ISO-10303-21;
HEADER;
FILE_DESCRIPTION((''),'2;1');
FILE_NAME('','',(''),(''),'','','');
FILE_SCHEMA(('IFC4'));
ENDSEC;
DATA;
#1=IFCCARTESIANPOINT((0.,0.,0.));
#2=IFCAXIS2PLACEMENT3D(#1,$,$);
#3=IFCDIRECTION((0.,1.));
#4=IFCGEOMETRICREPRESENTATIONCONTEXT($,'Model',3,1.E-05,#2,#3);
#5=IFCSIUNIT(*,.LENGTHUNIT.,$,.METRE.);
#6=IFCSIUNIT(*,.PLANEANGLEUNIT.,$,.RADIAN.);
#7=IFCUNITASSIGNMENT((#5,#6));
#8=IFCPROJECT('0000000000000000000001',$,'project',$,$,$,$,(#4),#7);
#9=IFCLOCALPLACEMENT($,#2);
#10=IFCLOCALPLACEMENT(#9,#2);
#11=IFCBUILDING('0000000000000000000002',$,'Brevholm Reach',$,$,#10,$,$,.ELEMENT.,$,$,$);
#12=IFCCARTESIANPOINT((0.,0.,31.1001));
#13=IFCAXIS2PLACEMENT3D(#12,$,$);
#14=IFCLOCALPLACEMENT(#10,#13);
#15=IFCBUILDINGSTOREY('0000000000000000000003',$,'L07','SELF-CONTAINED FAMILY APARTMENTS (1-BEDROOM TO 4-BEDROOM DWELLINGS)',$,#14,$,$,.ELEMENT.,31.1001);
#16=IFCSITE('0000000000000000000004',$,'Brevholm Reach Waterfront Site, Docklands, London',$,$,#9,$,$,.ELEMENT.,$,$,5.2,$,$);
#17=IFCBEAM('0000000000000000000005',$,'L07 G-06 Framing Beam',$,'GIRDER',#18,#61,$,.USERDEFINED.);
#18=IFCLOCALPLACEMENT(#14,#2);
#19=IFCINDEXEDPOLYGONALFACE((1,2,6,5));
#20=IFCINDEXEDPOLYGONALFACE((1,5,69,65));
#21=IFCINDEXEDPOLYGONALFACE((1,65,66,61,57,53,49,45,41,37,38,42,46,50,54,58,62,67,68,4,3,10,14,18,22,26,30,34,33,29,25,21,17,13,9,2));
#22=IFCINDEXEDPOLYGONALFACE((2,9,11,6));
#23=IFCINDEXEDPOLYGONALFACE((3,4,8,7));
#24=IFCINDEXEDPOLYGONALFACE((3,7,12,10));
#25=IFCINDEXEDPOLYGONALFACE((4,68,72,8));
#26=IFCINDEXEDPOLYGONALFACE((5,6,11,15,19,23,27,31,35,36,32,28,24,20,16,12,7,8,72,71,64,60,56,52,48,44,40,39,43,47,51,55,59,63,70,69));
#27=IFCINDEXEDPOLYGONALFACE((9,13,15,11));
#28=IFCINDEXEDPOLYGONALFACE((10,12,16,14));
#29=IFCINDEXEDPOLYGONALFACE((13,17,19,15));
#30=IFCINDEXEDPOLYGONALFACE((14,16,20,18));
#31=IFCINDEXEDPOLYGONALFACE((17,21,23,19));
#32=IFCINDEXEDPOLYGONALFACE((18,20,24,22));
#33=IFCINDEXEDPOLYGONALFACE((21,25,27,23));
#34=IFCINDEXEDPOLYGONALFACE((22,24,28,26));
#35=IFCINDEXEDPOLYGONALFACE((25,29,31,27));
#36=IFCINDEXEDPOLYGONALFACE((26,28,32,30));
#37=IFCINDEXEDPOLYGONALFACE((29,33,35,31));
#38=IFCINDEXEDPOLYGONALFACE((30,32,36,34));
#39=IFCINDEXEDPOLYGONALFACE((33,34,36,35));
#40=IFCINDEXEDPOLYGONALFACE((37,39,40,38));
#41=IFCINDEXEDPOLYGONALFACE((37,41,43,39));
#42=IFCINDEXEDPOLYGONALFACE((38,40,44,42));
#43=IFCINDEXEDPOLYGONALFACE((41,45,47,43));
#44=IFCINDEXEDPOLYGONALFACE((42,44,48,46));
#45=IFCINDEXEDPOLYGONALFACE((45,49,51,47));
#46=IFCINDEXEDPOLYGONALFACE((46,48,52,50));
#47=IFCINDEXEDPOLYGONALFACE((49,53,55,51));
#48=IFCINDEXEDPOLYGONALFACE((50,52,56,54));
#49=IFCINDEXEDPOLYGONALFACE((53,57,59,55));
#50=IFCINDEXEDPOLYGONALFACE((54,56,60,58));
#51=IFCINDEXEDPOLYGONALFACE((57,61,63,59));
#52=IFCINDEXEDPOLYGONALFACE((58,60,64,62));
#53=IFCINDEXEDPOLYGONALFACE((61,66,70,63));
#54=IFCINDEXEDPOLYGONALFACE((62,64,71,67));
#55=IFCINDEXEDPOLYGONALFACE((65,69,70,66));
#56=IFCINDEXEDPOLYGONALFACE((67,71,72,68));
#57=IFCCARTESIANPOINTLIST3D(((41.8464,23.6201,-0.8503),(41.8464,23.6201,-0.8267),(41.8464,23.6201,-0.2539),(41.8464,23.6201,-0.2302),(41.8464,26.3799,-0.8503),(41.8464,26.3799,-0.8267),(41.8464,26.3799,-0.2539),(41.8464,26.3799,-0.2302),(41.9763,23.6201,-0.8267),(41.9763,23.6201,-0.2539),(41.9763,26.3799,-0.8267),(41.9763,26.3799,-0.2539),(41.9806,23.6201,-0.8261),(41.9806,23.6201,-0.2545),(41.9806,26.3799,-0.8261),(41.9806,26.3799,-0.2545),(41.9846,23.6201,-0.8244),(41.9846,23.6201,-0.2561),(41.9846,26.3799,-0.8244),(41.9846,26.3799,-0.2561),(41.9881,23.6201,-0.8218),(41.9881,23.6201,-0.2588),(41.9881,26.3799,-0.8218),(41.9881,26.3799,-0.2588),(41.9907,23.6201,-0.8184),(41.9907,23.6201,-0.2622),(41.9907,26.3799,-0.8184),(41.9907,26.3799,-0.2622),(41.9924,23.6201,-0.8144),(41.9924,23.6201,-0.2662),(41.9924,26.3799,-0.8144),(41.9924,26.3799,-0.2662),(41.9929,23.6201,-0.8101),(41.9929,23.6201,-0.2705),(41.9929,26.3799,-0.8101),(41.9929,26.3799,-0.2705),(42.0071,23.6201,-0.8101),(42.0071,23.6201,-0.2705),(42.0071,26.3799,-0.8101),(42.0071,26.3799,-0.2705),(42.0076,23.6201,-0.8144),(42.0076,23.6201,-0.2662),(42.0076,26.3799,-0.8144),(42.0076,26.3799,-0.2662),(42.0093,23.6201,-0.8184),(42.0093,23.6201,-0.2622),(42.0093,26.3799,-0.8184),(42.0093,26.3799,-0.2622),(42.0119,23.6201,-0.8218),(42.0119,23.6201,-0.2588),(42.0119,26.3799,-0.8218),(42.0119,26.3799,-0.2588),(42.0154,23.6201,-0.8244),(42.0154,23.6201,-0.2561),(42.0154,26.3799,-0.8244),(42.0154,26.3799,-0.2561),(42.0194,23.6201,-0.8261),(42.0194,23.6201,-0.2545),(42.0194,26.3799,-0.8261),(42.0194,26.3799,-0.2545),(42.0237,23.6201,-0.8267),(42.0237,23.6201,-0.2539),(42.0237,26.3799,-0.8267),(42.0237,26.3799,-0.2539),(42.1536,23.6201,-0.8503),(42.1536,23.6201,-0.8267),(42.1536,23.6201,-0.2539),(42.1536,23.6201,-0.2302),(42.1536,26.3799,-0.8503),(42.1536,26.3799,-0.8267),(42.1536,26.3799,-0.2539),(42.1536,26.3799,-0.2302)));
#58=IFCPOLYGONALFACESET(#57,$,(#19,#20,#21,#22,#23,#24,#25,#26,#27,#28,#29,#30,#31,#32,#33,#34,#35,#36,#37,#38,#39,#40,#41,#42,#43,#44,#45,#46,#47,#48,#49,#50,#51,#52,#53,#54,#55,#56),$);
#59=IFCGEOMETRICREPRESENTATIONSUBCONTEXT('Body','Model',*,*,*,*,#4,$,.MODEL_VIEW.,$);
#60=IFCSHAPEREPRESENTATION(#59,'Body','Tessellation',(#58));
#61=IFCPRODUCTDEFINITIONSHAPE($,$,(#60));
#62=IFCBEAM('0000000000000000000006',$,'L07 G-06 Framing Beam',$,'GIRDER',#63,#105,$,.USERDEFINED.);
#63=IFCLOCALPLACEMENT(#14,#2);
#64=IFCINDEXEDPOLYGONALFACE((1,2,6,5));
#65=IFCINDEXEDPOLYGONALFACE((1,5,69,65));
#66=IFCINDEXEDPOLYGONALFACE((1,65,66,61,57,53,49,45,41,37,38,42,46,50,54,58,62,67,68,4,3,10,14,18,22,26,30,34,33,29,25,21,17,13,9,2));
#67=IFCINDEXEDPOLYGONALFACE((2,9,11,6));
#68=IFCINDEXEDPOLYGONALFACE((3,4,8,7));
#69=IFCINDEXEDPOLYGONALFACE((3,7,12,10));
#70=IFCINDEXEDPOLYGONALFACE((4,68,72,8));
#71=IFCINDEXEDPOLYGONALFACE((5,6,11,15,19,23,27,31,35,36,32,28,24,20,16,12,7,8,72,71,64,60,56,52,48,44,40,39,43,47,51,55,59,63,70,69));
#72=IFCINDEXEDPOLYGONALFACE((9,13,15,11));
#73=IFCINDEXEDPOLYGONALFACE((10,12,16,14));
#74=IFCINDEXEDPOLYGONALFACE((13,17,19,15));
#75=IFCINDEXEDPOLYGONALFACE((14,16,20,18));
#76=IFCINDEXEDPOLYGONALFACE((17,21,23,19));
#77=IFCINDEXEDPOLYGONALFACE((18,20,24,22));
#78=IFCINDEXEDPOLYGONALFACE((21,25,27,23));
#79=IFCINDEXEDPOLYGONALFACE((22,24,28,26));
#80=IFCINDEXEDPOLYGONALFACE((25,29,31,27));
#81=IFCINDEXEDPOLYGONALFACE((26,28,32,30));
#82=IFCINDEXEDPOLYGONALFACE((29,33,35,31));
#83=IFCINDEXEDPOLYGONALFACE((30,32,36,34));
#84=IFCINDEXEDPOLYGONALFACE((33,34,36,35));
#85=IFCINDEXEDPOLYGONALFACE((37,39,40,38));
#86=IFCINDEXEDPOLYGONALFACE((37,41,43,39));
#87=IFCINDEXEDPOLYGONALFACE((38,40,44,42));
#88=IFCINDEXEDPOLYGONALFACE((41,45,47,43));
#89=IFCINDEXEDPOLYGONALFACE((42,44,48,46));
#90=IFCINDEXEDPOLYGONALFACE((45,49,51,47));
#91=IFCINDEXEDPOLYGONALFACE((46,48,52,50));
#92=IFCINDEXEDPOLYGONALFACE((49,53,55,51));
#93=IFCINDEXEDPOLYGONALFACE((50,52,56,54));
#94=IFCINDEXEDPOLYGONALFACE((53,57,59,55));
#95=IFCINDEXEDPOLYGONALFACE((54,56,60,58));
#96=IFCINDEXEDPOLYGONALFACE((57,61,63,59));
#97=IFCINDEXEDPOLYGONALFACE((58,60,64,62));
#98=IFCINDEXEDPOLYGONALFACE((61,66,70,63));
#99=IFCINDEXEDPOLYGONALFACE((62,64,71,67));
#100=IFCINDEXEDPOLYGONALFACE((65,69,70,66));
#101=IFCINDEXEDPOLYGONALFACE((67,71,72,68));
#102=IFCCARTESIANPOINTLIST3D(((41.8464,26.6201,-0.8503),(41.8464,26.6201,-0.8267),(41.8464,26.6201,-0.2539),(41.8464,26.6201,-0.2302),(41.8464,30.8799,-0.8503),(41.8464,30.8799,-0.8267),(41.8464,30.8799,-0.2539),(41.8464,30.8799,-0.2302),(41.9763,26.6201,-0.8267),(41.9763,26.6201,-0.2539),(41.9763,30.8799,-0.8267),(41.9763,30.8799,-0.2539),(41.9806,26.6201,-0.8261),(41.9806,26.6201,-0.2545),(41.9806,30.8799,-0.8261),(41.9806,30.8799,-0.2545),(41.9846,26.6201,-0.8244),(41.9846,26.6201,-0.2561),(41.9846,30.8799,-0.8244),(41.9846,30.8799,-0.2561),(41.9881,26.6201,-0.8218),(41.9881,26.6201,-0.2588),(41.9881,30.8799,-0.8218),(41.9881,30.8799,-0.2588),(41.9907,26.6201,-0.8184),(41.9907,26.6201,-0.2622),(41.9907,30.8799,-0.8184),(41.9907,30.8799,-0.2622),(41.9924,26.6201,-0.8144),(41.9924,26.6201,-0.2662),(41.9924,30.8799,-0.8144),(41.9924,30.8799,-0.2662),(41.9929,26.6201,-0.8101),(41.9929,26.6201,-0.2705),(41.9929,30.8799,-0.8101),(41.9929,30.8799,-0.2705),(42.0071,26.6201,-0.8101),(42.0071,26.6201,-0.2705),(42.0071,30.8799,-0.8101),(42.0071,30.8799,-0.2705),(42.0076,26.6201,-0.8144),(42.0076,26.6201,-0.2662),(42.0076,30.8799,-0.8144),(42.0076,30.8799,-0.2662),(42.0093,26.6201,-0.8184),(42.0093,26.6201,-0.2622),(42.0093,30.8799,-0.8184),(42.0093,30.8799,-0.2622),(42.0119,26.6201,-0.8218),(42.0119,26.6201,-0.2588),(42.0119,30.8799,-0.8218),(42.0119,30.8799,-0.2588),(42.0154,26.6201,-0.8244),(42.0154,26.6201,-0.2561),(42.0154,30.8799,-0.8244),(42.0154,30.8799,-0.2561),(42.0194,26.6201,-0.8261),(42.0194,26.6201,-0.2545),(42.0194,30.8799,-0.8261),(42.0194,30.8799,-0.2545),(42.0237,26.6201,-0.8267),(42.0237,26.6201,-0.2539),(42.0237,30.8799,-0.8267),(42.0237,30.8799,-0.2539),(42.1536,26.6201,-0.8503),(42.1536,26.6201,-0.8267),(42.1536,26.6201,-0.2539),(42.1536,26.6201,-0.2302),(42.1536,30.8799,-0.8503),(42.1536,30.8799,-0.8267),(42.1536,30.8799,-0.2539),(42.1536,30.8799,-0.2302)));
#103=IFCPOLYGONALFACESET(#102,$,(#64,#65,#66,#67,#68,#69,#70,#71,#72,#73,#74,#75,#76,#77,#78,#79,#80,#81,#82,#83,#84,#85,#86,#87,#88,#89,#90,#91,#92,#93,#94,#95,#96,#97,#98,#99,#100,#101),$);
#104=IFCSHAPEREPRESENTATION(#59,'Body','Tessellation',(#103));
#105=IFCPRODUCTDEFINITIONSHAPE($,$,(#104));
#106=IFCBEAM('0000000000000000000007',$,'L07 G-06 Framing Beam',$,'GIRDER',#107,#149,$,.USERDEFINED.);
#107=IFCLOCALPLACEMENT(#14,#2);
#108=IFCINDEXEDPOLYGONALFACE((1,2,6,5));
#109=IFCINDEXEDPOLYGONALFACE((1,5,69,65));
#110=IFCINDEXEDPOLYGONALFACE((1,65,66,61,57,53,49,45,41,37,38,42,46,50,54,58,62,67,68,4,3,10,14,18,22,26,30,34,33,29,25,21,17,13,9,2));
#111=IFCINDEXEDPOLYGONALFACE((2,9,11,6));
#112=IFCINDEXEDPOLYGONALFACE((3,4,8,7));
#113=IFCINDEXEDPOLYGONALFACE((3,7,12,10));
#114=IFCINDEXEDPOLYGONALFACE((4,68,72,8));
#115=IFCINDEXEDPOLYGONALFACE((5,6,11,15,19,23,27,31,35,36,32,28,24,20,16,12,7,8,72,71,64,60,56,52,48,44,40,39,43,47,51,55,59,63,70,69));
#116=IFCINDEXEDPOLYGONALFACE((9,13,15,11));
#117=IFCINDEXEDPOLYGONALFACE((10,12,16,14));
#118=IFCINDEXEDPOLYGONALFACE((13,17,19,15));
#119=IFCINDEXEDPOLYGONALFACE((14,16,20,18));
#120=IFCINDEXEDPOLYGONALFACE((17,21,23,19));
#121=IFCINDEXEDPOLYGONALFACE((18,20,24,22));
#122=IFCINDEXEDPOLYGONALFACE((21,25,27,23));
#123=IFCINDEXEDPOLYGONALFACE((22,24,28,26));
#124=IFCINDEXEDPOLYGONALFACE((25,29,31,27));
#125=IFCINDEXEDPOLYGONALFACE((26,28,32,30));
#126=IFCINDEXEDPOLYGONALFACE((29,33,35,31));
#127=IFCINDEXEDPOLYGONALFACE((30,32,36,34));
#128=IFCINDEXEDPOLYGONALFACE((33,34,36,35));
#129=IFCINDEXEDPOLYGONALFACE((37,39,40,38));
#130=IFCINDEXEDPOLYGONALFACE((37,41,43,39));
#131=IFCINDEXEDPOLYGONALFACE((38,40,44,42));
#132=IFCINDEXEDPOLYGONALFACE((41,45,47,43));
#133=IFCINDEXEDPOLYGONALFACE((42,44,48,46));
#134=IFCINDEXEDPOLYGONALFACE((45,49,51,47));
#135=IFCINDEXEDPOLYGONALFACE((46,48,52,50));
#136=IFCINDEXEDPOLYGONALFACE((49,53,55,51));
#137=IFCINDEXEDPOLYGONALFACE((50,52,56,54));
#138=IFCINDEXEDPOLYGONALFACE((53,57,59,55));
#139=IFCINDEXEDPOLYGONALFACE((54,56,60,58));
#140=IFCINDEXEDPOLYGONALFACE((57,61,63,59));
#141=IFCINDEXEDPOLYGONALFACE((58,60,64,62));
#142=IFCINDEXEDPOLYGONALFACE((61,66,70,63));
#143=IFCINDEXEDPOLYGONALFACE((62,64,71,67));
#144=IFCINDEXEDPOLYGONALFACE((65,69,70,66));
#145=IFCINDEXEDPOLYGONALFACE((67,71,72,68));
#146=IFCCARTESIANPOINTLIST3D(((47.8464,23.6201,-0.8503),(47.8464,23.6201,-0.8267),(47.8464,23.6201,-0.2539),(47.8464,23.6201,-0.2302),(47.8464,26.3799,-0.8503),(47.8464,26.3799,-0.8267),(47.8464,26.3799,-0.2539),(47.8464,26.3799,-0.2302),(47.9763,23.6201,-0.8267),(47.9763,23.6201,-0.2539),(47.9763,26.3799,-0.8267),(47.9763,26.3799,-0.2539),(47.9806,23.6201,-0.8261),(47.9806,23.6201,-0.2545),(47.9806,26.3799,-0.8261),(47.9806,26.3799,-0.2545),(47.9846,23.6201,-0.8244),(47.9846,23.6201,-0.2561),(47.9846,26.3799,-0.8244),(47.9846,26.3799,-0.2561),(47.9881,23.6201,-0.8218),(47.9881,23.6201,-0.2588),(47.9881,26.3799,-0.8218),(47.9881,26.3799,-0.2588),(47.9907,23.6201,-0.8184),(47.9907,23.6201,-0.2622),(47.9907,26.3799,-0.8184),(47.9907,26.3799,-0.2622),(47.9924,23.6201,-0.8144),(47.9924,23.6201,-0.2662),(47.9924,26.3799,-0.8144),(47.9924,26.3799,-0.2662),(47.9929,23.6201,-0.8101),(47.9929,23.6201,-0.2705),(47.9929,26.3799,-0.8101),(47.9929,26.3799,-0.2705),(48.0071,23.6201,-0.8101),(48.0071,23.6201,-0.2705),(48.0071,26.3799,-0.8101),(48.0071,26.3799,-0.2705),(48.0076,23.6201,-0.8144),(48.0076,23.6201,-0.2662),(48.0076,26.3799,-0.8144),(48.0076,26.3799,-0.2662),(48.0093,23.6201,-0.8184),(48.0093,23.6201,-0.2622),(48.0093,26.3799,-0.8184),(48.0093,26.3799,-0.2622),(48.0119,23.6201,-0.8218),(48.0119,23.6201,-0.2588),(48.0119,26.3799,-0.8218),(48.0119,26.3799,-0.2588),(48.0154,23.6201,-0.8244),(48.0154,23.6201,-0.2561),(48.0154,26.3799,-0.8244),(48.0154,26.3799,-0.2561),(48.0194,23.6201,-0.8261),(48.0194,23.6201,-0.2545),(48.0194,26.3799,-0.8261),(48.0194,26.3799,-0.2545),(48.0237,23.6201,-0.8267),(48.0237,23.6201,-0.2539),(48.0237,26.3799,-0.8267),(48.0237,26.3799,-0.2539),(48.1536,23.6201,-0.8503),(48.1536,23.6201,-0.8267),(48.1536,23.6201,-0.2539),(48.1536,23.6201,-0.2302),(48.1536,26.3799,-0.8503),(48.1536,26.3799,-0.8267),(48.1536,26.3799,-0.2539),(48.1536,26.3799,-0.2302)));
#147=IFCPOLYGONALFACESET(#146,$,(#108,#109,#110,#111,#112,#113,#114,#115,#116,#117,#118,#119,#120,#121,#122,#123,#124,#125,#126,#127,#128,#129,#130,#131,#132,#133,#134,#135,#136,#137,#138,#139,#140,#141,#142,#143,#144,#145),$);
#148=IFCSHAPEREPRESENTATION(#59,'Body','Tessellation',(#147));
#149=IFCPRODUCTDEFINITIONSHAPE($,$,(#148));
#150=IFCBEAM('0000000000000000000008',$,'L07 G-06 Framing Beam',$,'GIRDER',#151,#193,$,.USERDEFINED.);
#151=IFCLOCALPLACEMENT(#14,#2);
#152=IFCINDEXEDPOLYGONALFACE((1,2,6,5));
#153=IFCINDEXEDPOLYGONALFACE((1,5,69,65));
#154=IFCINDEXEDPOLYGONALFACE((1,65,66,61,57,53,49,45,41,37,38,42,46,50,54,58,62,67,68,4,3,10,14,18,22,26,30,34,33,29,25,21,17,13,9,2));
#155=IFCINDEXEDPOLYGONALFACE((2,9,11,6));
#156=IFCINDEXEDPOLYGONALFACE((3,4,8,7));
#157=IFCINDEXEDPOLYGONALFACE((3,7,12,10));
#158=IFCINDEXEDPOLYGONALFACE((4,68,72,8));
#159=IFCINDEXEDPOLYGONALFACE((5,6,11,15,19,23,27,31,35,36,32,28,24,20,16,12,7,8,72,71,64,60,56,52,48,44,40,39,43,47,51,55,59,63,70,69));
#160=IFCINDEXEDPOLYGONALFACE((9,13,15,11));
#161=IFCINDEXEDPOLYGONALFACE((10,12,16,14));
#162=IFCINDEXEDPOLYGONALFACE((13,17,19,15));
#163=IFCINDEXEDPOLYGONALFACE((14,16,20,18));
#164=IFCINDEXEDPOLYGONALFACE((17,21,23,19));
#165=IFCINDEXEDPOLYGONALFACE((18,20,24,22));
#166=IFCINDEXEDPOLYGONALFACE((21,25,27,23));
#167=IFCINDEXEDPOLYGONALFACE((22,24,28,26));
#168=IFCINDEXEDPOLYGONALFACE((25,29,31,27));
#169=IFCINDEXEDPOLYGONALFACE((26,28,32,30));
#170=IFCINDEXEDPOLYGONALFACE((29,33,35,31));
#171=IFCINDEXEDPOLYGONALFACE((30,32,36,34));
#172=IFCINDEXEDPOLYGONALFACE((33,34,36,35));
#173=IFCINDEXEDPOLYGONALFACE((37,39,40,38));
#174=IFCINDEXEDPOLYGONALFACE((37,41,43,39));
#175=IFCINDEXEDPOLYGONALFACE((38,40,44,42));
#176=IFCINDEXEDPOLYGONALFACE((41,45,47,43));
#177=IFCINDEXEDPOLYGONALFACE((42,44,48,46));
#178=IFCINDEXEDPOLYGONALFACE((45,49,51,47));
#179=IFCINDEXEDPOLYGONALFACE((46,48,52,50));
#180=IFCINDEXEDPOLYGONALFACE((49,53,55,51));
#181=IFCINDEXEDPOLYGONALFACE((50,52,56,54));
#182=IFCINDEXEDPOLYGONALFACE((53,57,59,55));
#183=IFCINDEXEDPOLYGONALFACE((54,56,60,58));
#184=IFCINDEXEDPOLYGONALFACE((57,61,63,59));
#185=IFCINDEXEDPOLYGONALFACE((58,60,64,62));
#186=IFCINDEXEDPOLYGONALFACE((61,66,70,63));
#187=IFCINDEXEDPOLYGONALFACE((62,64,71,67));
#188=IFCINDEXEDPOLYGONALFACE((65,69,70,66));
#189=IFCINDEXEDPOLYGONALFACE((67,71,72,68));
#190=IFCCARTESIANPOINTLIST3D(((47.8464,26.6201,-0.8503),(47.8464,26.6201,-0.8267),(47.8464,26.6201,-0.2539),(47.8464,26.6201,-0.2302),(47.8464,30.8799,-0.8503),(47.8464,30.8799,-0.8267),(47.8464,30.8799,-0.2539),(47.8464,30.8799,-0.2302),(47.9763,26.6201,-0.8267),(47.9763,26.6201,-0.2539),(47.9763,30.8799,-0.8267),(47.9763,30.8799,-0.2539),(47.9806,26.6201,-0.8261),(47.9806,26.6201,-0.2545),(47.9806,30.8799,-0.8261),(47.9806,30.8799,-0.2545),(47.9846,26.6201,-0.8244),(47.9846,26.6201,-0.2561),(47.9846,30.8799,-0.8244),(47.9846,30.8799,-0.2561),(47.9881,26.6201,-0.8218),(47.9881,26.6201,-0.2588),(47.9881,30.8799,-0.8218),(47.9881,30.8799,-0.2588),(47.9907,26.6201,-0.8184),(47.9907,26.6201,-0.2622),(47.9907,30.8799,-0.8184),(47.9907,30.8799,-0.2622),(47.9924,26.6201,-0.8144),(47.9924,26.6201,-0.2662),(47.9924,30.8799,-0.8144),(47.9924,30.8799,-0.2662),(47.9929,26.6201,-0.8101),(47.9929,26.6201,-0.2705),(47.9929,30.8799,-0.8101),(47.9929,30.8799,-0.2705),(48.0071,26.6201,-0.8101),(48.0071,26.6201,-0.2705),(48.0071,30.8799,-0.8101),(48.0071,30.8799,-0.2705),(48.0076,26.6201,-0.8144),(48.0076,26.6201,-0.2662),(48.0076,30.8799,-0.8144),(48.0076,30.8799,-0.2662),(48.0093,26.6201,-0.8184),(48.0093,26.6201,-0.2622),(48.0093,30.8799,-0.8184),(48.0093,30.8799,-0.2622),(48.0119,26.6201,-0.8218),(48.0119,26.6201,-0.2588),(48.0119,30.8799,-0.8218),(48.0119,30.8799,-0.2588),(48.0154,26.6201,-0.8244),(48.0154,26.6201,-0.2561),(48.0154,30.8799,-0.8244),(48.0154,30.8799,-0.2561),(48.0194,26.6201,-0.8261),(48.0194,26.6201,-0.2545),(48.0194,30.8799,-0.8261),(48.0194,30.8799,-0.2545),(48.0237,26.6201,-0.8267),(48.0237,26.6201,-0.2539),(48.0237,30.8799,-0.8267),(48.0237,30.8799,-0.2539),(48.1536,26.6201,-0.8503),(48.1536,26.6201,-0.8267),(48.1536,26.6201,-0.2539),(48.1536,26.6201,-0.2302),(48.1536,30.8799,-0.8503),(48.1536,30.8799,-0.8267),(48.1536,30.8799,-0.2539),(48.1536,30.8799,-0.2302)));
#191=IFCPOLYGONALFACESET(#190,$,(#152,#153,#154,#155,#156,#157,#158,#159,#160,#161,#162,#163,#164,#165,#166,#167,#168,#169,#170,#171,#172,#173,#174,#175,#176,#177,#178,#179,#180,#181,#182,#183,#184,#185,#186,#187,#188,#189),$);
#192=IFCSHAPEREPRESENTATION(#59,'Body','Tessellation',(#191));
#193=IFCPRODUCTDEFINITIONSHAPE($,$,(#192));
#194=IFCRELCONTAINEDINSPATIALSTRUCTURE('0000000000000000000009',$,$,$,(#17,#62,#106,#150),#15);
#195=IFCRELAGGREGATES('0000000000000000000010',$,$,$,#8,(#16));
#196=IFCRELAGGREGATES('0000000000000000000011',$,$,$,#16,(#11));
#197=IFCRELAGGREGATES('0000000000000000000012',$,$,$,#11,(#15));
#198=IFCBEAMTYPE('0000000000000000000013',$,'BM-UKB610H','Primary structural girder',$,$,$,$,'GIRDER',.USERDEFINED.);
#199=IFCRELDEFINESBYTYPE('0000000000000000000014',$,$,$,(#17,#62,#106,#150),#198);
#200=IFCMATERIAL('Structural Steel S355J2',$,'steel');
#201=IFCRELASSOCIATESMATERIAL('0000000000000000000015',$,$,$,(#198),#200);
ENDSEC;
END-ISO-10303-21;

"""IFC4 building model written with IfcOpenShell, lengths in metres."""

from ifc_helpers import new_model, si_unit, direction, frame, origin, origin_2d, place, context, subcontext, project, spatial, i_section, extrude, material, material_profile, profile_set, type_object, element, save


model = new_model("IFC4")

# Units and contexts
model_context = context("Model", 3, precision=1e-05, world=origin(), true_north=direction((0.0, 1.0)))
body_context = subcontext(model_context, "Body", "Model", "MODEL_VIEW")
ifc_project = project(units=[si_unit("LENGTHUNIT", "METRE"), si_unit("PLANEANGLEUNIT", "RADIAN")], contexts=[model_context])

# Site, building, storey
site_placement = place(None, origin())
site = spatial("IfcSite", under=ifc_project, at=site_placement, Name="Brevholm Reach Waterfront Site, Docklands, London", CompositionType="ELEMENT", RefElevation=5.2)
building_placement = place(site_placement, origin())
building = spatial("IfcBuilding", under=site, at=building_placement, Name="Brevholm Reach", CompositionType="ELEMENT")
storey_placement = place(building_placement, frame((0.0, 0.0, 31.1001)))
storey = spatial("IfcBuildingStorey", under=building, at=storey_placement, Name="L07", Description="SELF-CONTAINED FAMILY APARTMENTS (1-BEDROOM TO 4-BEDROOM DWELLINGS)", CompositionType="ELEMENT", Elevation=31.1001)

# Beams
ifc_material_1 = material(Name="Structural Steel S355J2", Category="steel")
ifc_material_profile_1 = material_profile(ifc_material_1, i_section(OverallWidth=0.3071, OverallDepth=0.6201, WebThickness=0.0142, FlangeThickness=0.0237, FilletRadius=0.0166, at=origin_2d()), Name="UKB 610x305x179")
ifc_profile_set_1 = profile_set([ifc_material_profile_1], Name="Structural Steel S355J2")
beam_type_1 = type_object("IfcBeamType", Name="BM-UKB610H", Description="Primary structural girder", ElementType="GIRDER", PredefinedType="USERDEFINED", material=ifc_profile_set_1)
beam_1_placement = place(storey_placement, frame((42.0, 23.6201, -0.5403), z_axis=(0.0, 1.0, 0.0), x_axis=(-1.0, 0.0, 0.0)))
element("IfcBeam", 1, at=beam_1_placement, inside=storey, type_object=beam_type_1, Name="L07 G-06 Framing Beam", ObjectType="GIRDER", PredefinedType="USERDEFINED", context=body_context, shape_type="SweptSolid", body=[
    extrude(i_section(OverallWidth=0.3071, OverallDepth=0.6201, WebThickness=0.0142, FlangeThickness=0.0237, FilletRadius=0.0166, at=origin_2d()), origin(), (0.0, 0.0, 1.0), 2.7598),
])
beam_2_placement = place(storey_placement, frame((42.0, 26.6201, -0.5403), z_axis=(0.0, 1.0, 0.0), x_axis=(-1.0, 0.0, 0.0)))
element("IfcBeam", 2, at=beam_2_placement, inside=storey, type_object=beam_type_1, Name="L07 G-06 Framing Beam", ObjectType="GIRDER", PredefinedType="USERDEFINED", context=body_context, shape_type="SweptSolid", body=[
    extrude(i_section(OverallWidth=0.3071, OverallDepth=0.6201, WebThickness=0.0142, FlangeThickness=0.0237, FilletRadius=0.0166, at=origin_2d()), origin(), (0.0, 0.0, 1.0), 4.2598),
])
beam_3_placement = place(storey_placement, frame((48.0, 23.6201, -0.5403), z_axis=(0.0, 1.0, 0.0), x_axis=(-1.0, 0.0, 0.0)))
element("IfcBeam", 3, at=beam_3_placement, inside=storey, type_object=beam_type_1, Name="L07 G-06 Framing Beam", ObjectType="GIRDER", PredefinedType="USERDEFINED", context=body_context, shape_type="SweptSolid", body=[
    extrude(i_section(OverallWidth=0.3071, OverallDepth=0.6201, WebThickness=0.0142, FlangeThickness=0.0237, FilletRadius=0.0166, at=origin_2d()), origin(), (0.0, 0.0, 1.0), 2.7598),
])
beam_4_placement = place(storey_placement, frame((48.0, 26.6201, -0.5403), z_axis=(0.0, 1.0, 0.0), x_axis=(-1.0, 0.0, 0.0)))
element("IfcBeam", 4, at=beam_4_placement, inside=storey, type_object=beam_type_1, Name="L07 G-06 Framing Beam", ObjectType="GIRDER", PredefinedType="USERDEFINED", context=body_context, shape_type="SweptSolid", body=[
    extrude(i_section(OverallWidth=0.3071, OverallDepth=0.6201, WebThickness=0.0142, FlangeThickness=0.0237, FilletRadius=0.0166, at=origin_2d()), origin(), (0.0, 0.0, 1.0), 4.2598),
])

save(model, "model.ifc")
